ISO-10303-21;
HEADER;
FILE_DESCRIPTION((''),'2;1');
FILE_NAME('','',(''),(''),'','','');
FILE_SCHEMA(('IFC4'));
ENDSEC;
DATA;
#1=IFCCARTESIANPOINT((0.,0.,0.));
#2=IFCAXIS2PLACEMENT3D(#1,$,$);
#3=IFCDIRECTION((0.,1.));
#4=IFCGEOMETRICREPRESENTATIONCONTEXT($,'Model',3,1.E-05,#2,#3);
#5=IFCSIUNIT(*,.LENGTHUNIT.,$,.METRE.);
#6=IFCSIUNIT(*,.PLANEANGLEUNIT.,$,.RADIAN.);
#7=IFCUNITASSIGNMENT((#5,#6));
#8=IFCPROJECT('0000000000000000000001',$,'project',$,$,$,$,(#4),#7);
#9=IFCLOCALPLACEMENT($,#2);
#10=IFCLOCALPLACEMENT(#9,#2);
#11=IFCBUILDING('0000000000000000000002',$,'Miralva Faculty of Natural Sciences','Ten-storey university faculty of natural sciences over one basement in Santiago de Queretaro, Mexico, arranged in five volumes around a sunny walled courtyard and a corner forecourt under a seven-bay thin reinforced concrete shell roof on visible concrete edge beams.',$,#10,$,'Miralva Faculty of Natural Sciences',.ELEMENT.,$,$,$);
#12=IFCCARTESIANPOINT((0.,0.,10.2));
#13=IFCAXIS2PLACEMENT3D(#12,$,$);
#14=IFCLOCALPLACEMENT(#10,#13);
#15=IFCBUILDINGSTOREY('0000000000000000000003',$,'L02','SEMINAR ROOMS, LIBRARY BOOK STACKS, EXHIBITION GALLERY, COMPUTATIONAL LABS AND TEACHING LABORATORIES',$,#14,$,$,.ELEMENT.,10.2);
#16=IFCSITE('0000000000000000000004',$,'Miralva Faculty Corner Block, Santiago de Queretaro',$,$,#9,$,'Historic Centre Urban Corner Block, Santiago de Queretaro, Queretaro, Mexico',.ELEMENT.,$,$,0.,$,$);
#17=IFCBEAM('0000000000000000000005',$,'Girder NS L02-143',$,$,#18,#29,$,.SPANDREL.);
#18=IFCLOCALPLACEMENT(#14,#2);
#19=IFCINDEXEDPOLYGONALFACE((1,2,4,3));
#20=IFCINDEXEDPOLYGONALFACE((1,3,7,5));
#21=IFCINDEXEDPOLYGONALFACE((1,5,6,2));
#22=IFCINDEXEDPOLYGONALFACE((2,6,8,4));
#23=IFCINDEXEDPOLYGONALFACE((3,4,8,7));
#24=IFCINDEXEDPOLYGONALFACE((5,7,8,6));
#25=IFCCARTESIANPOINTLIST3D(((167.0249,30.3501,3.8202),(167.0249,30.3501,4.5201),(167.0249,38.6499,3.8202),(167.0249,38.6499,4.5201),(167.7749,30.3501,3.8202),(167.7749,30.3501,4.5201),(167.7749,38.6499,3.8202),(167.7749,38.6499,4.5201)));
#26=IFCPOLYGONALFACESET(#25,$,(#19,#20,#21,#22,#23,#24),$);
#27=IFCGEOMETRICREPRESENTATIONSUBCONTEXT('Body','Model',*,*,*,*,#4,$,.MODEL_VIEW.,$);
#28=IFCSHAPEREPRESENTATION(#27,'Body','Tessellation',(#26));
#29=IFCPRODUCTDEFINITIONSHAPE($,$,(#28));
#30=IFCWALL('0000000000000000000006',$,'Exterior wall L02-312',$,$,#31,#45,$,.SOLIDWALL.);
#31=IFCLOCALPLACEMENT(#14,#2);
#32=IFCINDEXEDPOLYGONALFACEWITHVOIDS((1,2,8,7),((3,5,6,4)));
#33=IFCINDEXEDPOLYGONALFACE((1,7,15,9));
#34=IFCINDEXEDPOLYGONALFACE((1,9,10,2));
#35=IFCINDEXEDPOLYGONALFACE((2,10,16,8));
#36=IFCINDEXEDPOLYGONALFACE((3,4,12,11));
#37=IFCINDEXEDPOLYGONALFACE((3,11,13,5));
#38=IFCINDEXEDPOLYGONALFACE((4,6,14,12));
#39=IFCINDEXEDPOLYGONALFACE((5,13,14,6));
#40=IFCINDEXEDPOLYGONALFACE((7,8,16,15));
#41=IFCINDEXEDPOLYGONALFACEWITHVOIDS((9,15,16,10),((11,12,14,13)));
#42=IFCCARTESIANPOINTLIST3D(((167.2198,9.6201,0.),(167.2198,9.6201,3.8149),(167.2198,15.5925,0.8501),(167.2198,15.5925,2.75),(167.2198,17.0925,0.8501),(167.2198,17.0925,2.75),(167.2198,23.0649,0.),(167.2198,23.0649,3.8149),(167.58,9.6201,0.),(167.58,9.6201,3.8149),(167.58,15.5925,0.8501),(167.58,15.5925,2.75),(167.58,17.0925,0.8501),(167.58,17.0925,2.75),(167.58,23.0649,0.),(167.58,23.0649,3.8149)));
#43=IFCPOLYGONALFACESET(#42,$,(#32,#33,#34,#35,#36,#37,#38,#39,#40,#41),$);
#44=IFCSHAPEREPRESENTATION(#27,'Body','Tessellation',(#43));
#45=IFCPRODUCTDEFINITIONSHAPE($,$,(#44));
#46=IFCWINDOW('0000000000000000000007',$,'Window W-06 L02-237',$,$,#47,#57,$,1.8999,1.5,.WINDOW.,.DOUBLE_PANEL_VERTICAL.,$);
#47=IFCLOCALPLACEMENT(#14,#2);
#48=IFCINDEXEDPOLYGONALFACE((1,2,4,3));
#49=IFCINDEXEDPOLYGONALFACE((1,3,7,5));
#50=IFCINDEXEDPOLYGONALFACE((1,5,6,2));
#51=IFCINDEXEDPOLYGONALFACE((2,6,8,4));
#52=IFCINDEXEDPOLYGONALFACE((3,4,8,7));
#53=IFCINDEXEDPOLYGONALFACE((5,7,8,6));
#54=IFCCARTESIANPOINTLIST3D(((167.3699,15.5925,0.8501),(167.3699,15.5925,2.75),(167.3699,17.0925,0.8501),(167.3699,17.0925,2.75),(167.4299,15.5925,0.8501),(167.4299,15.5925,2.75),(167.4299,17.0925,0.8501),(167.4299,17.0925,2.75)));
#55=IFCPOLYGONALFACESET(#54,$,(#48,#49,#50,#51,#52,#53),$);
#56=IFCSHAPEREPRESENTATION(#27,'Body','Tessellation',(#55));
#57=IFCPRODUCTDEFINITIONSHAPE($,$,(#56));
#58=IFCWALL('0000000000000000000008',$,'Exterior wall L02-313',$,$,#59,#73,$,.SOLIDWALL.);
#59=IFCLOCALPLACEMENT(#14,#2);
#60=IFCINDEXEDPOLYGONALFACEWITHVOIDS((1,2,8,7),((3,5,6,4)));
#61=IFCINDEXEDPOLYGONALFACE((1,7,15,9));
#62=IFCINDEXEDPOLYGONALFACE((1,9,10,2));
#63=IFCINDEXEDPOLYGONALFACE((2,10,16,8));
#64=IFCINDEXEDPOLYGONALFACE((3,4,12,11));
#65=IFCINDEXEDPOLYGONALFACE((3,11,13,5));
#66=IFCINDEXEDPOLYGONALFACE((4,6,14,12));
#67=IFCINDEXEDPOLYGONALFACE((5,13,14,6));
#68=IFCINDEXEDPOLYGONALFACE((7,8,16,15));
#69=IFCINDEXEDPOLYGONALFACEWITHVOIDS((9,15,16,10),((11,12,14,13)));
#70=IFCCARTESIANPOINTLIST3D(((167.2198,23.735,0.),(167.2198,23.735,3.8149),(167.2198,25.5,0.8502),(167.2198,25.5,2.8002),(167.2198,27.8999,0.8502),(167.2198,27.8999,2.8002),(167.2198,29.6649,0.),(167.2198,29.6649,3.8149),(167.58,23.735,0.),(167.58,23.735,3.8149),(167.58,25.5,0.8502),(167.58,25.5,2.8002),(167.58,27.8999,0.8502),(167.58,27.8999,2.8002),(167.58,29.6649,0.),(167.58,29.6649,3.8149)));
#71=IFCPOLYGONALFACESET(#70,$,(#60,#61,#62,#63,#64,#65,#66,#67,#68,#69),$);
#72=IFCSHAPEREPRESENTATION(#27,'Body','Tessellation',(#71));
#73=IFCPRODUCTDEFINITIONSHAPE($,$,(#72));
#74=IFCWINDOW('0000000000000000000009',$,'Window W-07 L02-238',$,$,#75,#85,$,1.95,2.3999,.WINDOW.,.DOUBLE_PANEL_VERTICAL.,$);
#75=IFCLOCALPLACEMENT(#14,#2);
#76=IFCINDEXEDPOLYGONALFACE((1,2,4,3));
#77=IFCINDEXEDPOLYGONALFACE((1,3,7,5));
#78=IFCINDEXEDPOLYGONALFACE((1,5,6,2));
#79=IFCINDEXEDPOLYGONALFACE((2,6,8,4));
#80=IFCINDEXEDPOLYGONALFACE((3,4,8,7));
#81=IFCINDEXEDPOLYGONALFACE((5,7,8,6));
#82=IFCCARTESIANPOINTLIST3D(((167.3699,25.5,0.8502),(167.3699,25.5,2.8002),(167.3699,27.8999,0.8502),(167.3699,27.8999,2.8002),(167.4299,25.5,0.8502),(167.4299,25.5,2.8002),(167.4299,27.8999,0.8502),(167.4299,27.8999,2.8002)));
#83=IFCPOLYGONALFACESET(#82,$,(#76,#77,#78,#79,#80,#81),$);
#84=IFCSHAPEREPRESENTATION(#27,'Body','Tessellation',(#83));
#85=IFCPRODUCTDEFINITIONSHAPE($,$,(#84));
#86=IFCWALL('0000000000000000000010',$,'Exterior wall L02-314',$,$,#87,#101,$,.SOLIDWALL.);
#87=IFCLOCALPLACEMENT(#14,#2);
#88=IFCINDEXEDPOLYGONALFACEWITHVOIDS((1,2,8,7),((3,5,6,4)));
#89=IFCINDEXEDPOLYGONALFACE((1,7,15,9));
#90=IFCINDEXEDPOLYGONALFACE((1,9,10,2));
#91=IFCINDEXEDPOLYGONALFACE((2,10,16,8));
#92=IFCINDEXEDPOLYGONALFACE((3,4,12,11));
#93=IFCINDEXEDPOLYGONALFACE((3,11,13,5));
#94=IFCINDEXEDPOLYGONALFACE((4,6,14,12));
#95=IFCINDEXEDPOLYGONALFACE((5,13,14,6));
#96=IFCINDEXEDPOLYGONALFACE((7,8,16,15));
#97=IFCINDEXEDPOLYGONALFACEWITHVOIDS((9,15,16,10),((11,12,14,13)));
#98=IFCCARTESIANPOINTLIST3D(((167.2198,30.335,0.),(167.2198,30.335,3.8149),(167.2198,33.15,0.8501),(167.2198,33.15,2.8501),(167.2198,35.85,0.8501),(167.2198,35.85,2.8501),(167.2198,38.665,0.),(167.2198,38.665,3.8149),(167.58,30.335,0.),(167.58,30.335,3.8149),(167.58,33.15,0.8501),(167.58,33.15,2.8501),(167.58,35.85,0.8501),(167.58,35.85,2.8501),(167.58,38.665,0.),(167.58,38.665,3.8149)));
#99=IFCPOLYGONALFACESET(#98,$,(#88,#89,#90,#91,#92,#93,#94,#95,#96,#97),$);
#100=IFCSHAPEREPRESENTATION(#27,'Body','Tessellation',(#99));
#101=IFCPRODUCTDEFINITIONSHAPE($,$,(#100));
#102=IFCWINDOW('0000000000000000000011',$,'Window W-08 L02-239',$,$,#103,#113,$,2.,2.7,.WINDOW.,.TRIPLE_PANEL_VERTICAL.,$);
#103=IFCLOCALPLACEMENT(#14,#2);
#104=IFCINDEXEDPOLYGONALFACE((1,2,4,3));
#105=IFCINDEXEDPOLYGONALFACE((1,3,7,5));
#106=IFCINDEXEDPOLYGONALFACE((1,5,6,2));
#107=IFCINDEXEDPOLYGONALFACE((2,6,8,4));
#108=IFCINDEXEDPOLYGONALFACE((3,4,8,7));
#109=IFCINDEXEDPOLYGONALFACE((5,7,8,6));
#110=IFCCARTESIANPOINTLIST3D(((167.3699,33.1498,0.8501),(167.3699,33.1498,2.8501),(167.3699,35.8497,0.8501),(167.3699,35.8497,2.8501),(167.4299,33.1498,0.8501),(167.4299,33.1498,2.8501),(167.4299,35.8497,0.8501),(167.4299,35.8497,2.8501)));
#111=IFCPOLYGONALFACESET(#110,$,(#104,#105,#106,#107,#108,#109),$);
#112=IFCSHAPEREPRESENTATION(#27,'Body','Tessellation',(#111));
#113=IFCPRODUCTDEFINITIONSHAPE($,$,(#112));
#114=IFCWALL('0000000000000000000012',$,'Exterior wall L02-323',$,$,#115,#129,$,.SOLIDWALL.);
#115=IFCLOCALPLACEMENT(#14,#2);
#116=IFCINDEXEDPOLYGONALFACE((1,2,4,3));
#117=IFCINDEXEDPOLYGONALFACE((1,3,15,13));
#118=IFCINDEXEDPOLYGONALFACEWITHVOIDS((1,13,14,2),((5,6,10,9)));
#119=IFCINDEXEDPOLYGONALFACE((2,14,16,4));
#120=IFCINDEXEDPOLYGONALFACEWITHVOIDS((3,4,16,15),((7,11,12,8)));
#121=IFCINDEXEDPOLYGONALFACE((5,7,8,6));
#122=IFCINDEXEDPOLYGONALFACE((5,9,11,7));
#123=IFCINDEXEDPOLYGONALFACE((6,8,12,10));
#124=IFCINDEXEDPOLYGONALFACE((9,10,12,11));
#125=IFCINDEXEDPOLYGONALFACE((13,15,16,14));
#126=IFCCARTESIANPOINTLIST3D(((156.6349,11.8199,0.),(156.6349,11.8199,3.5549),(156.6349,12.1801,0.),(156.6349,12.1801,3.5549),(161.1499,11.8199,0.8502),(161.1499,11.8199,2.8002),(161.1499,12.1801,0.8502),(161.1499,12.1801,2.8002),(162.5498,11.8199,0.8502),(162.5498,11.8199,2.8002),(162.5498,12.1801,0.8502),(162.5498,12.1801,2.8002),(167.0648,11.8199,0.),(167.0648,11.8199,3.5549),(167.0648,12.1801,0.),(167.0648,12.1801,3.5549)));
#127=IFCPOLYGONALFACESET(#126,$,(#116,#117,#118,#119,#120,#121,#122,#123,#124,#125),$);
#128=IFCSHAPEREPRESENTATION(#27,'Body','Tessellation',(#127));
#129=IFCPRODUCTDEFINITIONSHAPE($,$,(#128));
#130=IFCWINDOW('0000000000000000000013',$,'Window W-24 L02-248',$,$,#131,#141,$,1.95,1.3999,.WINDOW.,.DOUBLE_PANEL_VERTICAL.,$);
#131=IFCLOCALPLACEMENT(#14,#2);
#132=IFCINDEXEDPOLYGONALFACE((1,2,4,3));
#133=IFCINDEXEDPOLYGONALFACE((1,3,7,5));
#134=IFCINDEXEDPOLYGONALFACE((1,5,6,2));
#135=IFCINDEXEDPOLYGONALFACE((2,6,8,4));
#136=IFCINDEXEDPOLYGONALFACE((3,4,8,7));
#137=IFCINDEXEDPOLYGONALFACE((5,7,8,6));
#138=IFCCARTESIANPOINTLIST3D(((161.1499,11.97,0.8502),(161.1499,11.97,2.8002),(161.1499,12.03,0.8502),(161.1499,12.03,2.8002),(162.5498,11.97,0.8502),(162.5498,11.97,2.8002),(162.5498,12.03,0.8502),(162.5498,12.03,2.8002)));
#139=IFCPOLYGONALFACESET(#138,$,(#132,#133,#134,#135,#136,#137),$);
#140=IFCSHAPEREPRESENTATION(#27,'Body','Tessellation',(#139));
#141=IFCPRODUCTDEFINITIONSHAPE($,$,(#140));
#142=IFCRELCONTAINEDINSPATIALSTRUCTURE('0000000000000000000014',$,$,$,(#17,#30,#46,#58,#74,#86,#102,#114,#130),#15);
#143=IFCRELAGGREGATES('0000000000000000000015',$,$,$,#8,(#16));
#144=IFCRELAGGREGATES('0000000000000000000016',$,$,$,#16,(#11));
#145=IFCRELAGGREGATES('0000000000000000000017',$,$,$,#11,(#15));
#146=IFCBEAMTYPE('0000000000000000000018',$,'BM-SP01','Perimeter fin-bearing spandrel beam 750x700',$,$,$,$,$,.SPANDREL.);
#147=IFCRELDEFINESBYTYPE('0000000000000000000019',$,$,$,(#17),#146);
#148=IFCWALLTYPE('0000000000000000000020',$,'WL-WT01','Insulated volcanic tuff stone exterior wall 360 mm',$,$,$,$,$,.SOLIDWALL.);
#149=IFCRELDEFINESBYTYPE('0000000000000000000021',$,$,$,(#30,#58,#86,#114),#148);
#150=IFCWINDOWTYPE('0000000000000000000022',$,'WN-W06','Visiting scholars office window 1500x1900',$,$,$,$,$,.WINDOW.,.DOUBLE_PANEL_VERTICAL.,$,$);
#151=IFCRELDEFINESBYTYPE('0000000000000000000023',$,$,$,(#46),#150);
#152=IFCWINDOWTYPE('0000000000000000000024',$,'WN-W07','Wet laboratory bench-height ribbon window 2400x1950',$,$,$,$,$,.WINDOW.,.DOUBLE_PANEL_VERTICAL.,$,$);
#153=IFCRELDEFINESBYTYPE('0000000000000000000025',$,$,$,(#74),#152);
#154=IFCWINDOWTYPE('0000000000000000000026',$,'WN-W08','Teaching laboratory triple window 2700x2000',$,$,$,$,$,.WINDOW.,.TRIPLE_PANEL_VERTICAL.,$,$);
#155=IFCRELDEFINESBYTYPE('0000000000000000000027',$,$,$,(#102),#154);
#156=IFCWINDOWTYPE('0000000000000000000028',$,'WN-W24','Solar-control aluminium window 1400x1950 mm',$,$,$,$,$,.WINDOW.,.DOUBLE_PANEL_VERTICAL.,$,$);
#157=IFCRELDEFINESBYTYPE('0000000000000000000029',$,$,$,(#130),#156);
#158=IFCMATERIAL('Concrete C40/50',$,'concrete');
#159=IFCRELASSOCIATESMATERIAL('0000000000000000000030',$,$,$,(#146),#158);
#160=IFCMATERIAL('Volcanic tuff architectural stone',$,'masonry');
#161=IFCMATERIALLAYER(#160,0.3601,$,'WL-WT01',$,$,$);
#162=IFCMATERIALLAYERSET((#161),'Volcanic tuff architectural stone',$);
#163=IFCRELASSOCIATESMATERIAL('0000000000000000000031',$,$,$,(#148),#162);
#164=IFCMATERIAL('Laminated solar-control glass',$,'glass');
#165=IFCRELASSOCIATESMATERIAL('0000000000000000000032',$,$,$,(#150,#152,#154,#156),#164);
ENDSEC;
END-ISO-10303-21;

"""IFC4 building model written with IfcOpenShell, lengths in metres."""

from ifc_helpers import new_model, si_unit, direction, frame, frame_2d, origin, origin_2d, place, context, subcontext, project, spatial, rectangle, extrude, material, layer, layer_set, material_profile, profile_set, type_object, element, fill, save


model = new_model("IFC4")

# Units and contexts
model_context = context("Model", 3, precision=1e-05, world=origin(), true_north=direction((0.0, 1.0)))
body_context = subcontext(model_context, "Body", "Model", "MODEL_VIEW")
ifc_project = project(units=[si_unit("LENGTHUNIT", "METRE"), si_unit("PLANEANGLEUNIT", "RADIAN")], contexts=[model_context])

# Site, building, storey
site_placement = place(None, origin())
site = spatial("IfcSite", under=ifc_project, at=site_placement, Name="Miralva Faculty Corner Block, Santiago de Queretaro", LongName="Historic Centre Urban Corner Block, Santiago de Queretaro, Queretaro, Mexico", CompositionType="ELEMENT", RefElevation=0.0)
building_placement = place(site_placement, origin())
building = spatial("IfcBuilding", under=site, at=building_placement, Name="Miralva Faculty of Natural Sciences", Description="Ten-storey university faculty of natural sciences over one basement in Santiago de Queretaro, Mexico, arranged in five volumes around a sunny walled courtyard and a corner forecourt under a seven-bay thin reinforced concrete shell roof on visible concrete edge beams.", LongName="Miralva Faculty of Natural Sciences", CompositionType="ELEMENT")
storey_placement = place(building_placement, frame((0.0, 0.0, 10.2)))
storey = spatial("IfcBuildingStorey", under=building, at=storey_placement, Name="L02", Description="SEMINAR ROOMS, LIBRARY BOOK STACKS, EXHIBITION GALLERY, COMPUTATIONAL LABS AND TEACHING LABORATORIES", CompositionType="ELEMENT", Elevation=10.2)

# Shared definitions
ifc_material_1 = material(Name="Concrete C40/50", Category="concrete")

# Beam
ifc_material_profile_1 = material_profile(ifc_material_1, rectangle(XDim=0.75, YDim=0.7, at=origin_2d()), Name="RC 750x700")
ifc_profile_set_1 = profile_set([ifc_material_profile_1], Name="Concrete C40/50")
beam_type_1 = type_object("IfcBeamType", Name="BM-SP01", Description="Perimeter fin-bearing spandrel beam 750x700", PredefinedType="SPANDREL", material=ifc_profile_set_1)
beam_1_placement = place(storey_placement, frame((167.3999, 30.3501, 4.1702), z_axis=(0.0, 1.0, 0.0), x_axis=(-1.0, 0.0, 0.0)))
element("IfcBeam", 1, at=beam_1_placement, inside=storey, type_object=beam_type_1, Name="Girder NS L02-143", PredefinedType="SPANDREL", context=body_context, shape_type="SweptSolid", body=[
    extrude(rectangle(XDim=0.75, YDim=0.7, at=origin_2d()), origin(), (0.0, 0.0, 1.0), 8.2998),
])

# Walls, openings, windows
ifc_material_2 = material(Name="Volcanic tuff architectural stone", Category="masonry")
ifc_layer = layer(ifc_material_2, 0.3601, Name="WL-WT01")
ifc_layer_set = layer_set([ifc_layer], Name="Volcanic tuff architectural stone")
wall_type = type_object("IfcWallType", Name="WL-WT01", Description="Insulated volcanic tuff stone exterior wall 360 mm", PredefinedType="SOLIDWALL", material=ifc_layer_set)
wall_1_placement = place(storey_placement, frame((167.3999, 9.6201, 0.0), z_axis=(0.0, 0.0, 1.0), x_axis=(0.0, 1.0, 0.0)))
wall_1 = element("IfcWall", 2, at=wall_1_placement, inside=storey, type_object=wall_type, Name="Exterior wall L02-312", PredefinedType="SOLIDWALL", context=body_context, shape_type="SweptSolid", body=[
    extrude(rectangle(XDim=13.4448, YDim=0.3601, at=frame_2d((6.7224, 0.0))), origin(), (0.0, 0.0, 1.0), 3.8149),
])
opening_1_placement = place(wall_1_placement, frame((5.9724, 0.0, 0.8501)))
opening_1 = element("IfcOpeningElement", 3, at=opening_1_placement, cuts=wall_1, PredefinedType="OPENING", context=body_context, shape_type="SweptSolid", body=[
    extrude(rectangle(XDim=1.5, YDim=1.8999, at=frame_2d((0.75, 0.95))), frame((0.0, 0.1899, 0.0), z_axis=(0.0, -1.0, 0.0), x_axis=(1.0, 0.0, 0.0)), (0.0, 0.0, 1.0), 0.3801),
])
ifc_material_3 = material(Name="Laminated solar-control glass", Category="glass")
window_type_1 = type_object("IfcWindowType", Name="WN-W06", Description="Visiting scholars office window 1500x1900", PartitioningType="DOUBLE_PANEL_VERTICAL", PredefinedType="WINDOW", material=ifc_material_3)
window_1_placement = place(opening_1_placement, frame((1.5, 0.0, 0.0), z_axis=(0.0, 0.0, 1.0), x_axis=(-1.0, 0.0, 0.0)))
window_1 = element("IfcWindow", 4, at=window_1_placement, inside=storey, type_object=window_type_1, Name="Window W-06 L02-237", OverallHeight=1.8999, OverallWidth=1.5, PartitioningType="DOUBLE_PANEL_VERTICAL", PredefinedType="WINDOW", context=body_context, shape_type="SweptSolid", body=[
    extrude(rectangle(XDim=1.5, YDim=1.8999, at=frame_2d((0.75, 0.95))), frame((0.0, 0.03, 0.0), z_axis=(0.0, -1.0, 0.0), x_axis=(1.0, 0.0, 0.0)), (0.0, 0.0, 1.0), 0.0601),
])
fill(opening_1, window_1)
wall_2_placement = place(storey_placement, frame((167.3999, 23.7351, 0.0), z_axis=(0.0, 0.0, 1.0), x_axis=(0.0, 1.0, 0.0)))
wall_2 = element("IfcWall", 5, at=wall_2_placement, inside=storey, type_object=wall_type, Name="Exterior wall L02-313", PredefinedType="SOLIDWALL", context=body_context, shape_type="SweptSolid", body=[
    extrude(rectangle(XDim=5.9299, YDim=0.3601, at=frame_2d((2.9648, 0.0))), origin(), (0.0, 0.0, 1.0), 3.8149),
])
opening_2_placement = place(wall_2_placement, frame((1.7649, 0.0, 0.8501)))
opening_2 = element("IfcOpeningElement", 6, at=opening_2_placement, cuts=wall_2, PredefinedType="OPENING", context=body_context, shape_type="SweptSolid", body=[
    extrude(rectangle(XDim=2.3999, YDim=1.95, at=frame_2d((1.2, 0.9751))), frame((0.0, 0.1899, 0.0), z_axis=(0.0, -1.0, 0.0), x_axis=(1.0, 0.0, 0.0)), (0.0, 0.0, 1.0), 0.3801),
])
window_type_2 = type_object("IfcWindowType", Name="WN-W07", Description="Wet laboratory bench-height ribbon window 2400x1950", PartitioningType="DOUBLE_PANEL_VERTICAL", PredefinedType="WINDOW", material=ifc_material_3)
window_2_placement = place(opening_2_placement, frame((2.3999, 0.0, 0.0), z_axis=(0.0, 0.0, 1.0), x_axis=(-1.0, 0.0, 0.0)))
window_2 = element("IfcWindow", 7, at=window_2_placement, inside=storey, type_object=window_type_2, Name="Window W-07 L02-238", OverallHeight=1.95, OverallWidth=2.3999, PartitioningType="DOUBLE_PANEL_VERTICAL", PredefinedType="WINDOW", context=body_context, shape_type="SweptSolid", body=[
    extrude(rectangle(XDim=2.3999, YDim=1.95, at=frame_2d((1.2, 0.9751))), frame((0.0, 0.03, 0.0), z_axis=(0.0, -1.0, 0.0), x_axis=(1.0, 0.0, 0.0)), (0.0, 0.0, 1.0), 0.0601),
])
fill(opening_2, window_2)
wall_3_placement = place(storey_placement, frame((167.3999, 30.335, 0.0), z_axis=(0.0, 0.0, 1.0), x_axis=(0.0, 1.0, 0.0)))
wall_3 = element("IfcWall", 8, at=wall_3_placement, inside=storey, type_object=wall_type, Name="Exterior wall L02-314", PredefinedType="SOLIDWALL", context=body_context, shape_type="SweptSolid", body=[
    extrude(rectangle(XDim=8.3301, YDim=0.3601, at=frame_2d((4.165, 0.0))), origin(), (0.0, 0.0, 1.0), 3.8149),
])
opening_3_placement = place(wall_3_placement, frame((2.8149, 0.0, 0.8501)))
opening_3 = element("IfcOpeningElement", 9, at=opening_3_placement, cuts=wall_3, PredefinedType="OPENING", context=body_context, shape_type="SweptSolid", body=[
    extrude(rectangle(XDim=2.7, YDim=2.0, at=frame_2d((1.3501, 1.0))), frame((0.0, 0.1899, 0.0), z_axis=(0.0, -1.0, 0.0), x_axis=(1.0, 0.0, 0.0)), (0.0, 0.0, 1.0), 0.3801),
])
window_type_3 = type_object("IfcWindowType", Name="WN-W08", Description="Teaching laboratory triple window 2700x2000", PartitioningType="TRIPLE_PANEL_VERTICAL", PredefinedType="WINDOW", material=ifc_material_3)
window_3_placement = place(opening_3_placement, frame((2.7, 0.0, 0.0), z_axis=(0.0, 0.0, 1.0), x_axis=(-1.0, 0.0, 0.0)))
window_3 = element("IfcWindow", 10, at=window_3_placement, inside=storey, type_object=window_type_3, Name="Window W-08 L02-239", OverallHeight=2.0, OverallWidth=2.7, PartitioningType="TRIPLE_PANEL_VERTICAL", PredefinedType="WINDOW", context=body_context, shape_type="SweptSolid", body=[
    extrude(rectangle(XDim=2.7, YDim=2.0, at=frame_2d((1.3501, 1.0))), frame((0.0, 0.03, 0.0), z_axis=(0.0, -1.0, 0.0), x_axis=(1.0, 0.0, 0.0)), (0.0, 0.0, 1.0), 0.0601),
])
fill(opening_3, window_3)
wall_4_placement = place(storey_placement, frame((156.635, 12.0, 0.0), z_axis=(0.0, 0.0, 1.0), x_axis=(1.0, 0.0, 0.0)))
wall_4 = element("IfcWall", 11, at=wall_4_placement, inside=storey, type_object=wall_type, Name="Exterior wall L02-323", PredefinedType="SOLIDWALL", context=body_context, shape_type="SweptSolid", body=[
    extrude(rectangle(XDim=10.4299, YDim=0.3601, at=frame_2d((5.2148, 0.0))), origin(), (0.0, 0.0, 1.0), 3.5549),
])
opening_4_placement = place(wall_4_placement, frame((4.5149, 0.0, 0.8501)))
opening_4 = element("IfcOpeningElement", 12, at=opening_4_placement, cuts=wall_4, PredefinedType="OPENING", context=body_context, shape_type="SweptSolid", body=[
    extrude(rectangle(XDim=1.3999, YDim=1.95, at=frame_2d((0.7, 0.9751))), frame((0.0, 0.1899, 0.0), z_axis=(0.0, -1.0, 0.0), x_axis=(1.0, 0.0, 0.0)), (0.0, 0.0, 1.0), 0.3801),
])
window_type_4 = type_object("IfcWindowType", Name="WN-W24", Description="Solar-control aluminium window 1400x1950 mm", PartitioningType="DOUBLE_PANEL_VERTICAL", PredefinedType="WINDOW", material=ifc_material_3)
window_4_placement = place(opening_4_placement, frame((1.3999, 0.0, 0.0), z_axis=(0.0, 0.0, 1.0), x_axis=(-1.0, 0.0, 0.0)))
window_4 = element("IfcWindow", 13, at=window_4_placement, inside=storey, type_object=window_type_4, Name="Window W-24 L02-248", OverallHeight=1.95, OverallWidth=1.3999, PartitioningType="DOUBLE_PANEL_VERTICAL", PredefinedType="WINDOW", context=body_context, shape_type="SweptSolid", body=[
    extrude(rectangle(XDim=1.3999, YDim=1.95, at=frame_2d((0.7, 0.9751))), frame((0.0, 0.03, 0.0), z_axis=(0.0, -1.0, 0.0), x_axis=(1.0, 0.0, 0.0)), (0.0, 0.0, 1.0), 0.0601),
])
fill(opening_4, window_4)

save(model, "model.ifc")
